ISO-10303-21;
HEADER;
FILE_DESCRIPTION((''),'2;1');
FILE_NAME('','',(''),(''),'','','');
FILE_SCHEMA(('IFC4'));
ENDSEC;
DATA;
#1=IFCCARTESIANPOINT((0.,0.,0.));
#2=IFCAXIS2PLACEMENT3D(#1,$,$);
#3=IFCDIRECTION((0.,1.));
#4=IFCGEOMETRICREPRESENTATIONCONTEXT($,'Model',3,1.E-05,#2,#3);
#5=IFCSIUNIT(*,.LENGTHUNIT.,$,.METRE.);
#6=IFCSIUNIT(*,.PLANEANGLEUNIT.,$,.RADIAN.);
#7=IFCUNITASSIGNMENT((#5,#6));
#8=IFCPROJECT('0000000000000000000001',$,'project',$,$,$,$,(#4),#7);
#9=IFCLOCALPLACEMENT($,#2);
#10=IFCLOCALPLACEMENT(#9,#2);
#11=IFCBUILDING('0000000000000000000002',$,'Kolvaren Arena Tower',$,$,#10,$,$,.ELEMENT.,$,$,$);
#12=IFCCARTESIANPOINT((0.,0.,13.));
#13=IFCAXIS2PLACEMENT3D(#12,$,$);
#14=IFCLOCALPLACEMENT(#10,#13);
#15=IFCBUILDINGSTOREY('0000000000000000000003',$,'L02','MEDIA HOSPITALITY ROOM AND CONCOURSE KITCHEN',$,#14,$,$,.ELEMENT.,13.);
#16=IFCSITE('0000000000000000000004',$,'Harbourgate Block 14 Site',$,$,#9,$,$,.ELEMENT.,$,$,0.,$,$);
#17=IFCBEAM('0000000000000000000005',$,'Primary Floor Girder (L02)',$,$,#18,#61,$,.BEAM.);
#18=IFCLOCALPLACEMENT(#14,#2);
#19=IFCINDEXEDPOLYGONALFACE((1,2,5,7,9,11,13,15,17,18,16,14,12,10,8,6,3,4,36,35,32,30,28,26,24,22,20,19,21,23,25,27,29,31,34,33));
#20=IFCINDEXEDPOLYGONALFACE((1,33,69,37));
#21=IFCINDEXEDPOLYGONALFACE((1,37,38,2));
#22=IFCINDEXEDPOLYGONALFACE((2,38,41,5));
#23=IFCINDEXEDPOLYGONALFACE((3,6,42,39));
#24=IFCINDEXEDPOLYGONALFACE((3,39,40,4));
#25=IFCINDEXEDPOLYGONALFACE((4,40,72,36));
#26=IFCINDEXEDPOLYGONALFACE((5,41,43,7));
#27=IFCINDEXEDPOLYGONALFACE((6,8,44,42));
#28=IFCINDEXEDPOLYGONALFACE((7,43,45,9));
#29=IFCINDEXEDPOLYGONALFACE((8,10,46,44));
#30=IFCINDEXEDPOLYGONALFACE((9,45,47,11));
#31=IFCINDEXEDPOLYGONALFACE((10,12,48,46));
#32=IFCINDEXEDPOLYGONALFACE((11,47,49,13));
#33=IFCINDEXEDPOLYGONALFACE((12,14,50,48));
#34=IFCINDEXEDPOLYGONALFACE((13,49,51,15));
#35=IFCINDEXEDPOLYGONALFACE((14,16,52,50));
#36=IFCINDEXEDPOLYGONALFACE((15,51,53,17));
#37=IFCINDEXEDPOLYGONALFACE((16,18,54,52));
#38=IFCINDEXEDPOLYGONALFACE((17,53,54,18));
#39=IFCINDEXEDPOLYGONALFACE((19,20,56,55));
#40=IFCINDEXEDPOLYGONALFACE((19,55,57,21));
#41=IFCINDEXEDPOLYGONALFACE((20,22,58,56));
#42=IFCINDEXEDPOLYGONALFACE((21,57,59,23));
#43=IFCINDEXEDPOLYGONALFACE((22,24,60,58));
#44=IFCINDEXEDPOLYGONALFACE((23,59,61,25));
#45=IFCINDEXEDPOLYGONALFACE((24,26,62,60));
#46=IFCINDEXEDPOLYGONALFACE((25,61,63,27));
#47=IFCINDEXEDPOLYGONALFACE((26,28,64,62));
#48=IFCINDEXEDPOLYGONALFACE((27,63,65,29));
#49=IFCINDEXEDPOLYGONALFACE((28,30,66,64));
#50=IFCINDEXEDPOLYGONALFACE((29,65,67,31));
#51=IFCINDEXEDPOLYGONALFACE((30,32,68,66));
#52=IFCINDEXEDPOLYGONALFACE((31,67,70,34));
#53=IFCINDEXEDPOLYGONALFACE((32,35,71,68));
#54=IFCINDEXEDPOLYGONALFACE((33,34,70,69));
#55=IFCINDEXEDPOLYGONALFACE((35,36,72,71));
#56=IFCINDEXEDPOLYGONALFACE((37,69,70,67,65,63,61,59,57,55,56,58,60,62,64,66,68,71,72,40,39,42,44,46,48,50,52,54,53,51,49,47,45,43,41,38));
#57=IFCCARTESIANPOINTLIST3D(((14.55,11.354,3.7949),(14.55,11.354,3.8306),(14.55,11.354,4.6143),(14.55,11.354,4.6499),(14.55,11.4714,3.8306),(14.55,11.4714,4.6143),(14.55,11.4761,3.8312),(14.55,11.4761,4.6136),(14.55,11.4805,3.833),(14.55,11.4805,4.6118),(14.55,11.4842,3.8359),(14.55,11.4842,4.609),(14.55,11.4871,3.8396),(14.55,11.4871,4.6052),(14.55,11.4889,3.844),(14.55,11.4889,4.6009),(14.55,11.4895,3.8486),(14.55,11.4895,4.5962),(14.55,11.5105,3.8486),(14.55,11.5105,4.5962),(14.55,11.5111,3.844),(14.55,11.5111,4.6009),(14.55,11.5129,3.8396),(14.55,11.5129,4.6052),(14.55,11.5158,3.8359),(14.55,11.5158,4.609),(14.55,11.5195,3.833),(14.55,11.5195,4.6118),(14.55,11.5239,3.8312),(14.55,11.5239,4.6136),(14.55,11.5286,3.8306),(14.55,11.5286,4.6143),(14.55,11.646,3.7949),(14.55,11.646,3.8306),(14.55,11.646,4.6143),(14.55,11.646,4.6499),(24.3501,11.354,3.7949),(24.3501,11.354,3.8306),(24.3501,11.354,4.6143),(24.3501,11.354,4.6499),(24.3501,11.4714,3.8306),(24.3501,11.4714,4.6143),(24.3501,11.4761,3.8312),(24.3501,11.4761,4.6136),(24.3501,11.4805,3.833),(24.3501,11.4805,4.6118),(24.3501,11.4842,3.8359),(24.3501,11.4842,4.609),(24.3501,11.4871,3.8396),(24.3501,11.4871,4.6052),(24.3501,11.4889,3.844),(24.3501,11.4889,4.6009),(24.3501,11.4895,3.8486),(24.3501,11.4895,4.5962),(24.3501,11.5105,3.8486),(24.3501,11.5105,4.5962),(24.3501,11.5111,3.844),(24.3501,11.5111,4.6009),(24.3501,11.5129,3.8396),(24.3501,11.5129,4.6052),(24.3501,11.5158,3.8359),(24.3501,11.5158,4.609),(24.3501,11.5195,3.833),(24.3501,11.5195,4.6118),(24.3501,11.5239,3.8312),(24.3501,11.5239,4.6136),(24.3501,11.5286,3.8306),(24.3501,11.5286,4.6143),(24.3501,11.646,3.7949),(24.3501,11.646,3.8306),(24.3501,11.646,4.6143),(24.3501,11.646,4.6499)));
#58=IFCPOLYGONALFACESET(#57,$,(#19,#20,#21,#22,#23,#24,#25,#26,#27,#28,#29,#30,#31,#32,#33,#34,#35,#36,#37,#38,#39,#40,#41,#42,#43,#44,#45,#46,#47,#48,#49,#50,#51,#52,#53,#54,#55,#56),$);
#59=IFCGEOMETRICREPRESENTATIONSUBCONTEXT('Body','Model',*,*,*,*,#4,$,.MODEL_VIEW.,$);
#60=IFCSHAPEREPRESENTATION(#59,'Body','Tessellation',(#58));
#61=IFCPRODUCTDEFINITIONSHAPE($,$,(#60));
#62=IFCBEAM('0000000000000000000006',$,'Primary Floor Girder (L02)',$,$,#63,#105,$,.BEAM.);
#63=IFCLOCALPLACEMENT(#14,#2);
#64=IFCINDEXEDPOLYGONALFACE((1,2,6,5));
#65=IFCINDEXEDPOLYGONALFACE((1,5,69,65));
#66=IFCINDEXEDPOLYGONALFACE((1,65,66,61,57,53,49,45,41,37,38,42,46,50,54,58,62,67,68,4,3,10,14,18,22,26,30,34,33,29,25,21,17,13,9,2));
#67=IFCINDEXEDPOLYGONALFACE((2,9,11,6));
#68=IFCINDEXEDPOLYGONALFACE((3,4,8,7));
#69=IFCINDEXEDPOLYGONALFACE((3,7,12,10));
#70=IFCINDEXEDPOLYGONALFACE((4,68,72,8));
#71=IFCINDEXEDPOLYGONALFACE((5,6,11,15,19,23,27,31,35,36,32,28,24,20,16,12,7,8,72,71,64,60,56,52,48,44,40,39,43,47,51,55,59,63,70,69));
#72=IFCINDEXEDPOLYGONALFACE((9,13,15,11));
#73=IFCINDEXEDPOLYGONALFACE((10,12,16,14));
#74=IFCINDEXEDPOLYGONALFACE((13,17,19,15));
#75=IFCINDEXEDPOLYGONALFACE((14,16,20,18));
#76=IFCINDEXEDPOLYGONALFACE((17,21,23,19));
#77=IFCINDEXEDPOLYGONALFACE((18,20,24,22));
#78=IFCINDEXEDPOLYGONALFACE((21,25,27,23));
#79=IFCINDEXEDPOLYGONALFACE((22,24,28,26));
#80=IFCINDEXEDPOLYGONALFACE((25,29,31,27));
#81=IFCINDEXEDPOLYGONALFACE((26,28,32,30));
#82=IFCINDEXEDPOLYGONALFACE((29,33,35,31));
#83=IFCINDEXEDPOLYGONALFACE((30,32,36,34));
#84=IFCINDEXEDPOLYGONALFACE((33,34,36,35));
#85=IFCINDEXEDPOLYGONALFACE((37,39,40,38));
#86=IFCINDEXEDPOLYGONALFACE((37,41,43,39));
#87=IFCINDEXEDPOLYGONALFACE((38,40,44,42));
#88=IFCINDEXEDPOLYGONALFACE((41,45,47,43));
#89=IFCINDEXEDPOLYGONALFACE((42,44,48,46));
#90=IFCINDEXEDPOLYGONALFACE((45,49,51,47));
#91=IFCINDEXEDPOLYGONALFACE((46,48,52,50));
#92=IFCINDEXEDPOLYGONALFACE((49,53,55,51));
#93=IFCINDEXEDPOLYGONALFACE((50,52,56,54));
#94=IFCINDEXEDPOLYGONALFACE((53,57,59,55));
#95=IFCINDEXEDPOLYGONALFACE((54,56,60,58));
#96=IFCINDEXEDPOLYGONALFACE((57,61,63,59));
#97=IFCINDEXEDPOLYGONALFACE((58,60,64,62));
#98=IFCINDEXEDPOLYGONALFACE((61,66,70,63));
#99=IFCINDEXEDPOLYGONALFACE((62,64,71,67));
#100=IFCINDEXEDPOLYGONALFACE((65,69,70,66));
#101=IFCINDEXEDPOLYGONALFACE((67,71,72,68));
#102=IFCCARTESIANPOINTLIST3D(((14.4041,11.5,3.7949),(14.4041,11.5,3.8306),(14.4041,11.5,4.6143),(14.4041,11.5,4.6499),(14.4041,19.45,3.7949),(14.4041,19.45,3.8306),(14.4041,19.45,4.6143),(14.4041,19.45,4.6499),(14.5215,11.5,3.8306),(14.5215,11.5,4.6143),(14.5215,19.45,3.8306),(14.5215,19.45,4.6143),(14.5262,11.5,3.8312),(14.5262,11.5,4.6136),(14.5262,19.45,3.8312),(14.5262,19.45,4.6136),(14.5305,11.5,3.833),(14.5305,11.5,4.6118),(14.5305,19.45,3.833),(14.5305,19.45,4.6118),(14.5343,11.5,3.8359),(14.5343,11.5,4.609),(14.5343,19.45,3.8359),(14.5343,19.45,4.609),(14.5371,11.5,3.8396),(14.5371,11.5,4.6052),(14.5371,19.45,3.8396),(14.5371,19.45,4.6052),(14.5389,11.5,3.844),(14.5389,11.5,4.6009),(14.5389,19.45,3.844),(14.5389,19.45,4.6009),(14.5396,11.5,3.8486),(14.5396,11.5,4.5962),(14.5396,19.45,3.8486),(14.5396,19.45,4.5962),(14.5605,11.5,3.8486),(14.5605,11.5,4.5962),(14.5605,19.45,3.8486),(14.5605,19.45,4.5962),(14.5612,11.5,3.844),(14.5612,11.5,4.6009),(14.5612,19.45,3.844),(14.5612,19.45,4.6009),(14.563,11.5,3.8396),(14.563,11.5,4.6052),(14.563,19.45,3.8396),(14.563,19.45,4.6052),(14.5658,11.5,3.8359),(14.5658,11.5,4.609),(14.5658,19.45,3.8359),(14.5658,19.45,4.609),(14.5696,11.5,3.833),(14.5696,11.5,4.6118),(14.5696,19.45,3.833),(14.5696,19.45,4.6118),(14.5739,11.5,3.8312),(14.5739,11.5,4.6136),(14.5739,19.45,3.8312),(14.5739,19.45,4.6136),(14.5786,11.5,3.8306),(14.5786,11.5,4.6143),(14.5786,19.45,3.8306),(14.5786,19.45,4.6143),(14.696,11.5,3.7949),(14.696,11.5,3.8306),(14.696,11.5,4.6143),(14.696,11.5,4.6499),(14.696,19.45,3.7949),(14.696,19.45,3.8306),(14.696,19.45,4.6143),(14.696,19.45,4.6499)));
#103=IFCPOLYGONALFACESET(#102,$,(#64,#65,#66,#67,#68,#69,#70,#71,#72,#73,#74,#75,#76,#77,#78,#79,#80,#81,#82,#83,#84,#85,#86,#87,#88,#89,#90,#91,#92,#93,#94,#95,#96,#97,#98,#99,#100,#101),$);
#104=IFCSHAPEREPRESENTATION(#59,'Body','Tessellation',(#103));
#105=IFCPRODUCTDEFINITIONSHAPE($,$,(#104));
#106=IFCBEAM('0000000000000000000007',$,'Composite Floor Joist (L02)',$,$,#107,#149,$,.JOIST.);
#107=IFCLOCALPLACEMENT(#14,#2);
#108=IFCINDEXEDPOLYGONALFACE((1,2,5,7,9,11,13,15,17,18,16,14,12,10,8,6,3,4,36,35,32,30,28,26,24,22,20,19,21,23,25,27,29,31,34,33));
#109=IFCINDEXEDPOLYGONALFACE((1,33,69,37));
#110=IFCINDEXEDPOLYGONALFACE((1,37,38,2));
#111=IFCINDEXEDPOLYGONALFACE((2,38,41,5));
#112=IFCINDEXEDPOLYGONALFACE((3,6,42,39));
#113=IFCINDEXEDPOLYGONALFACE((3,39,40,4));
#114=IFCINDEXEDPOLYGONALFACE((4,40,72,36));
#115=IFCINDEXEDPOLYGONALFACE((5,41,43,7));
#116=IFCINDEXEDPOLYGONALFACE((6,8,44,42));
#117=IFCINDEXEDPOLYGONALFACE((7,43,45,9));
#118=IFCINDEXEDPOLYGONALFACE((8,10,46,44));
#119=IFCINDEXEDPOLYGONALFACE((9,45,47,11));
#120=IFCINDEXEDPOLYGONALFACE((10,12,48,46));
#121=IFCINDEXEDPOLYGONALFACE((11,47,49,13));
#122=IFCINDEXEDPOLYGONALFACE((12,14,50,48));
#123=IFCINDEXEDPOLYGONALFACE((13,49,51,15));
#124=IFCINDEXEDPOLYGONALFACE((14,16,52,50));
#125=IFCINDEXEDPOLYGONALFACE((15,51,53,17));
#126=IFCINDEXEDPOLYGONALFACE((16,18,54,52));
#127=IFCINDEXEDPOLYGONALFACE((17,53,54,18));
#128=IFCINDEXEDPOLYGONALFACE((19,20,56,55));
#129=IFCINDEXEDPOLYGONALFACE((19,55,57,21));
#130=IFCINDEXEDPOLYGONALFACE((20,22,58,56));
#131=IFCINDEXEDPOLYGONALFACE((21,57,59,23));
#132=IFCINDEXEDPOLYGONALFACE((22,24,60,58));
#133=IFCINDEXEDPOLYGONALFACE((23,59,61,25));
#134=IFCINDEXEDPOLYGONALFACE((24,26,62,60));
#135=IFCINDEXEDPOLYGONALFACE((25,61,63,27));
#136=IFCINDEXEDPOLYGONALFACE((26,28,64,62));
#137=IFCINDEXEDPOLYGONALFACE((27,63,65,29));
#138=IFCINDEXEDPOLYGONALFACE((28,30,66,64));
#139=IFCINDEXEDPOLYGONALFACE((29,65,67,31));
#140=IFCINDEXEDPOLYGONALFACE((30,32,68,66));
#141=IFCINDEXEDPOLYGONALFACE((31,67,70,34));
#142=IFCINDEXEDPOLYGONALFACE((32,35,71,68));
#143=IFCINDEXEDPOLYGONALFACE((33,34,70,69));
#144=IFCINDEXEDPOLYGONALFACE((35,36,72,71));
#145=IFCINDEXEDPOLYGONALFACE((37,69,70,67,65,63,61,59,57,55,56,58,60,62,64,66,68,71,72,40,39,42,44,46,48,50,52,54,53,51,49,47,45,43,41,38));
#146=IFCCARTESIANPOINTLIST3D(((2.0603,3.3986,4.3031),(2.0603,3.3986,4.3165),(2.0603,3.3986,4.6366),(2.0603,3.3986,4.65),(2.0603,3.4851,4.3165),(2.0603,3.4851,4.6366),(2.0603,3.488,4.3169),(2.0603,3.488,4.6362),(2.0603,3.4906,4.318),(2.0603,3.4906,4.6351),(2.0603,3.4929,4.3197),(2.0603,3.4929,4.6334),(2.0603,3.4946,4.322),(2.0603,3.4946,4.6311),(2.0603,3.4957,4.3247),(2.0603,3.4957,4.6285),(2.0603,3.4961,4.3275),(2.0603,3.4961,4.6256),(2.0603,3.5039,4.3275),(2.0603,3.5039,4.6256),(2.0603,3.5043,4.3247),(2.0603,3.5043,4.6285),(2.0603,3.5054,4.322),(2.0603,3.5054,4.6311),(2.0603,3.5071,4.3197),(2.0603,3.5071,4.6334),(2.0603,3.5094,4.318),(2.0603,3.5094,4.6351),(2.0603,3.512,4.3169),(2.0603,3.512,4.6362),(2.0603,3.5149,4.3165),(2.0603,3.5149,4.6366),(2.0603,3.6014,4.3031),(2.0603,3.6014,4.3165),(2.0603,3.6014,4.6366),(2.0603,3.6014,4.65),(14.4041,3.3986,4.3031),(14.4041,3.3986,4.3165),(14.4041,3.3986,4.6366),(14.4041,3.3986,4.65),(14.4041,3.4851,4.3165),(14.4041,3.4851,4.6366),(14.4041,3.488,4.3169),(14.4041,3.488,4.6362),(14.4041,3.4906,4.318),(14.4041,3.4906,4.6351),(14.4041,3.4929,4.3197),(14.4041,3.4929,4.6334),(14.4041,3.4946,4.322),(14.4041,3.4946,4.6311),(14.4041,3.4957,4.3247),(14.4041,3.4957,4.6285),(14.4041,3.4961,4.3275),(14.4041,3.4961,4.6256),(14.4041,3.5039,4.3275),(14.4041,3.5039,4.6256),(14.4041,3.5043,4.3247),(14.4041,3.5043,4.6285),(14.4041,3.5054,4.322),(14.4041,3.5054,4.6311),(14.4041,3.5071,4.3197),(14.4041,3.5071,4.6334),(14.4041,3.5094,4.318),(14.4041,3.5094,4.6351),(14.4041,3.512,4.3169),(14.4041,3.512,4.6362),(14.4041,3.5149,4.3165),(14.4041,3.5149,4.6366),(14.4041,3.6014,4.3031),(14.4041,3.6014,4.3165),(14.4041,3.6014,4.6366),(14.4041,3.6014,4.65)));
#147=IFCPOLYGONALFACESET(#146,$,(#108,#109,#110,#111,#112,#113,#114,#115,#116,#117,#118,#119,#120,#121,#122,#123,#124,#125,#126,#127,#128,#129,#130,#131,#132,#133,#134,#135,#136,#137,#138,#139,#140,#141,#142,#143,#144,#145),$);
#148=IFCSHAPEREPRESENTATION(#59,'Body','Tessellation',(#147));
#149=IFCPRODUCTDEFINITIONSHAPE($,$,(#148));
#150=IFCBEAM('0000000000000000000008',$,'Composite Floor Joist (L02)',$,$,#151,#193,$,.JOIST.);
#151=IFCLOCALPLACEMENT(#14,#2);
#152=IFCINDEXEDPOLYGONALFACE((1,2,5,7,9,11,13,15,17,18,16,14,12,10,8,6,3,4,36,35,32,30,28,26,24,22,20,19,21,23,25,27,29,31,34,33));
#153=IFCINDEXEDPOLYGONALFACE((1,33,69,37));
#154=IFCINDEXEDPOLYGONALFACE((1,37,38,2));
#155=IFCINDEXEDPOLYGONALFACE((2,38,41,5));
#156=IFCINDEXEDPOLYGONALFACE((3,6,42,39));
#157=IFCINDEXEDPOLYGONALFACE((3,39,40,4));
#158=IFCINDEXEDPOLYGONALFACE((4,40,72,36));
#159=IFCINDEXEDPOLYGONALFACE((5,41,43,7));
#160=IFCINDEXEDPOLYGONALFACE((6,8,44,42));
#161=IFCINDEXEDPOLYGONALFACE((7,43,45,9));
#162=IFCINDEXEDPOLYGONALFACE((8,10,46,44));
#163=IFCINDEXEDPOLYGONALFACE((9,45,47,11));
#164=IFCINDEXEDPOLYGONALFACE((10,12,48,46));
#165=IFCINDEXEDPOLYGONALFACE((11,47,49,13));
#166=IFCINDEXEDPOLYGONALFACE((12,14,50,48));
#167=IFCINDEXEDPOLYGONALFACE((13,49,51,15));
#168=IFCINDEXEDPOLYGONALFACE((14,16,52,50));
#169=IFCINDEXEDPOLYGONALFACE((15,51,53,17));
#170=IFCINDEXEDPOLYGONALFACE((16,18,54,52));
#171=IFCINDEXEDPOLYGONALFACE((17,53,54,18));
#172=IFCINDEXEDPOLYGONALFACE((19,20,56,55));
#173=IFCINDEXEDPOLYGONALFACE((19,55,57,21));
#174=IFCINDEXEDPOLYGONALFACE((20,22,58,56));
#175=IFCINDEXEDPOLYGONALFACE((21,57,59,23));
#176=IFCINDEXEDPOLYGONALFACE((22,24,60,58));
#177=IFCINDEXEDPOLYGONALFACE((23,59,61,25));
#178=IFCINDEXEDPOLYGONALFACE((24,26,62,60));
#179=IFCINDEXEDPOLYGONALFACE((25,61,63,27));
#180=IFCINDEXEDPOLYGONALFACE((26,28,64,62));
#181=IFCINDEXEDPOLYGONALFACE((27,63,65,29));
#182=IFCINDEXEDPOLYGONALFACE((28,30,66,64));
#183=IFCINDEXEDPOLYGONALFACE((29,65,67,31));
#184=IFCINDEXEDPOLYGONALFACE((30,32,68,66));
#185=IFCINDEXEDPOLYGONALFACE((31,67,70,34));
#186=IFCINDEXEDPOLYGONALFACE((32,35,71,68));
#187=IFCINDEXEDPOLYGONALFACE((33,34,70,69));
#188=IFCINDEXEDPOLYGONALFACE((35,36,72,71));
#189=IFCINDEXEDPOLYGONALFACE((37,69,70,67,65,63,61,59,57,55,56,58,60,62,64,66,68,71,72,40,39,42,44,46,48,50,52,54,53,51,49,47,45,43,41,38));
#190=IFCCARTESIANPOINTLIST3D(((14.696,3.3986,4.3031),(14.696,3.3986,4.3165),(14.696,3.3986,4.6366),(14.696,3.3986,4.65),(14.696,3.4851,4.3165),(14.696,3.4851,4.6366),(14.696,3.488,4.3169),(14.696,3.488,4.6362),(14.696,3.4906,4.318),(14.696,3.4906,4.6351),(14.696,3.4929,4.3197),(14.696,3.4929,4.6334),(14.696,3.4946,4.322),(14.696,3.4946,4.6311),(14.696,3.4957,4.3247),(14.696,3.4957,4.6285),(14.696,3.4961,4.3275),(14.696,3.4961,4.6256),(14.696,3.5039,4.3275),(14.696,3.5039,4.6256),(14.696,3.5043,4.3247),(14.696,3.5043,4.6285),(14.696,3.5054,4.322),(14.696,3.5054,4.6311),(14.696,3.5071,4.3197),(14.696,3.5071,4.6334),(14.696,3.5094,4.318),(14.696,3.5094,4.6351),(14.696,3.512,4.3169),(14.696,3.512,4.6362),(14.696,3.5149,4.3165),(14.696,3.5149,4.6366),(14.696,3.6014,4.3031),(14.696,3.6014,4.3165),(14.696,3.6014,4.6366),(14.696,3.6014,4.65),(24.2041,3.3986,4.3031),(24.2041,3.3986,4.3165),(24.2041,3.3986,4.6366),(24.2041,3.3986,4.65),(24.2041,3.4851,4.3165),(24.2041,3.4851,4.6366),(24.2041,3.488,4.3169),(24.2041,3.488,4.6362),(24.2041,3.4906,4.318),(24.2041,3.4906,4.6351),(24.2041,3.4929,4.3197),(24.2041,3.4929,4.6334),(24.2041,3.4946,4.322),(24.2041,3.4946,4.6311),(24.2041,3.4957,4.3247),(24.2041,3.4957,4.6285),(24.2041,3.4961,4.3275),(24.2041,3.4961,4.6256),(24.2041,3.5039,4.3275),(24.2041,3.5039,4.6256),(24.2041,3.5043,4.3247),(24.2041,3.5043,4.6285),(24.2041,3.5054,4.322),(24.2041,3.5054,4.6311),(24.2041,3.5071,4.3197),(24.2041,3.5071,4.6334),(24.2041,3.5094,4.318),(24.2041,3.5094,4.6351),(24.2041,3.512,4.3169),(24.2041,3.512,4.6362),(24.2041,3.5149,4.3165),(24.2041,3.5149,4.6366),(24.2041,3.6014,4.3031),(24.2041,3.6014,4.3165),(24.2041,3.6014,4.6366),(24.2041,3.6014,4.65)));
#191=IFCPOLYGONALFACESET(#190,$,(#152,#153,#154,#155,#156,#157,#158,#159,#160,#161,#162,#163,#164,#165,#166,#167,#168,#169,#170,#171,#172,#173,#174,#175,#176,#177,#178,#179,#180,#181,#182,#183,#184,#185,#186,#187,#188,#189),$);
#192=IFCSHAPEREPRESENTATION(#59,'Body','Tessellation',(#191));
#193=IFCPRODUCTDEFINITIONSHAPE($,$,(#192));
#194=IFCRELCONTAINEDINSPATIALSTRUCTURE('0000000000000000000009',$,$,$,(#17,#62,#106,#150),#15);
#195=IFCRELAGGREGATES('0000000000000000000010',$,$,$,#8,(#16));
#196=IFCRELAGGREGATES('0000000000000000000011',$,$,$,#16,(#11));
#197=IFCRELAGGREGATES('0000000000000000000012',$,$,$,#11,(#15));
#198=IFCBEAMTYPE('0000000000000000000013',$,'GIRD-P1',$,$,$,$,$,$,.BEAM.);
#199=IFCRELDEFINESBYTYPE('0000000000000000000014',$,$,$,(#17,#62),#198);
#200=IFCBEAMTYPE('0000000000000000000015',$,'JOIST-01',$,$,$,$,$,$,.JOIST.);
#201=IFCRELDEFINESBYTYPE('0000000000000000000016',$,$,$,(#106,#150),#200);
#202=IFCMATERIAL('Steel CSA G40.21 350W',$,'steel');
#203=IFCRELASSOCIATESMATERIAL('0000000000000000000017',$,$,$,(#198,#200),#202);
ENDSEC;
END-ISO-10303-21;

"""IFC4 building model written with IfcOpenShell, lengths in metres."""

from ifc_helpers import new_model, si_unit, direction, frame, origin, origin_2d, place, context, subcontext, project, spatial, i_section, extrude, material, material_profile, profile_set, type_object, element, save


model = new_model("IFC4")

# Units and contexts
model_context = context("Model", 3, precision=1e-05, world=origin(), true_north=direction((0.0, 1.0)))
body_context = subcontext(model_context, "Body", "Model", "MODEL_VIEW")
ifc_project = project(units=[si_unit("LENGTHUNIT", "METRE"), si_unit("PLANEANGLEUNIT", "RADIAN")], contexts=[model_context])

# Site, building, storey
site_placement = place(None, origin())
site = spatial("IfcSite", under=ifc_project, at=site_placement, Name="Harbourgate Block 14 Site", CompositionType="ELEMENT", RefElevation=0.0)
building_placement = place(site_placement, origin())
building = spatial("IfcBuilding", under=site, at=building_placement, Name="Kolvaren Arena Tower", CompositionType="ELEMENT")
storey_placement = place(building_placement, frame((0.0, 0.0, 13.0)))
storey = spatial("IfcBuildingStorey", under=building, at=storey_placement, Name="L02", Description="MEDIA HOSPITALITY ROOM AND CONCOURSE KITCHEN", CompositionType="ELEMENT", Elevation=13.0)

# Beams
ifc_material_1 = material(Name="Steel CSA G40.21 350W", Category="steel")
ifc_material_profile_1 = material_profile(ifc_material_1, i_section(OverallWidth=0.292, OverallDepth=0.855, WebThickness=0.021, FlangeThickness=0.0356, FilletRadius=0.0181, at=origin_2d()), Name="W840x299")
ifc_profile_set_1 = profile_set([ifc_material_profile_1], Name="Steel CSA G40.21 350W")
beam_type_1 = type_object("IfcBeamType", Name="GIRD-P1", PredefinedType="BEAM", material=ifc_profile_set_1)
beam_1_placement = place(storey_placement, frame((14.55, 11.5, 4.2224), z_axis=(1.0, 0.0, 0.0), x_axis=(0.0, 1.0, 0.0)))
element("IfcBeam", 1, at=beam_1_placement, inside=storey, type_object=beam_type_1, Name="Primary Floor Girder (L02)", PredefinedType="BEAM", context=body_context, shape_type="SweptSolid", body=[
    extrude(i_section(OverallWidth=0.292, OverallDepth=0.855, WebThickness=0.021, FlangeThickness=0.0356, FilletRadius=0.0181, at=origin_2d()), origin(), (0.0, 0.0, 1.0), 9.8),
])
beam_2_placement = place(storey_placement, frame((14.55, 11.5, 4.2224), z_axis=(0.0, 1.0, 0.0), x_axis=(-1.0, 0.0, 0.0)))
element("IfcBeam", 2, at=beam_2_placement, inside=storey, type_object=beam_type_1, Name="Primary Floor Girder (L02)", PredefinedType="BEAM", context=body_context, shape_type="SweptSolid", body=[
    extrude(i_section(OverallWidth=0.292, OverallDepth=0.855, WebThickness=0.021, FlangeThickness=0.0356, FilletRadius=0.0181, at=origin_2d()), origin(), (0.0, 0.0, 1.0), 7.95),
])
ifc_material_profile_2 = material_profile(ifc_material_1, i_section(OverallWidth=0.2029, OverallDepth=0.3469, WebThickness=0.0078, FlangeThickness=0.0134, FilletRadius=0.011, at=origin_2d()), Name="W360x64")
ifc_profile_set_2 = profile_set([ifc_material_profile_2], Name="Steel CSA G40.21 350W")
beam_type_2 = type_object("IfcBeamType", Name="JOIST-01", PredefinedType="JOIST", material=ifc_profile_set_2)
beam_3_placement = place(storey_placement, frame((2.0603, 3.5, 4.4766), z_axis=(1.0, 0.0, 0.0), x_axis=(0.0, 1.0, 0.0)))
element("IfcBeam", 3, at=beam_3_placement, inside=storey, type_object=beam_type_2, Name="Composite Floor Joist (L02)", PredefinedType="JOIST", context=body_context, shape_type="SweptSolid", body=[
    extrude(i_section(OverallWidth=0.2029, OverallDepth=0.3469, WebThickness=0.0078, FlangeThickness=0.0134, FilletRadius=0.011, at=origin_2d()), origin(), (0.0, 0.0, 1.0), 12.3438),
])
beam_4_placement = place(storey_placement, frame((14.696, 3.5, 4.4766), z_axis=(1.0, 0.0, 0.0), x_axis=(0.0, 1.0, 0.0)))
element("IfcBeam", 4, at=beam_4_placement, inside=storey, type_object=beam_type_2, Name="Composite Floor Joist (L02)", PredefinedType="JOIST", context=body_context, shape_type="SweptSolid", body=[
    extrude(i_section(OverallWidth=0.2029, OverallDepth=0.3469, WebThickness=0.0078, FlangeThickness=0.0134, FilletRadius=0.011, at=origin_2d()), origin(), (0.0, 0.0, 1.0), 9.5081),
])

save(model, "model.ifc")
